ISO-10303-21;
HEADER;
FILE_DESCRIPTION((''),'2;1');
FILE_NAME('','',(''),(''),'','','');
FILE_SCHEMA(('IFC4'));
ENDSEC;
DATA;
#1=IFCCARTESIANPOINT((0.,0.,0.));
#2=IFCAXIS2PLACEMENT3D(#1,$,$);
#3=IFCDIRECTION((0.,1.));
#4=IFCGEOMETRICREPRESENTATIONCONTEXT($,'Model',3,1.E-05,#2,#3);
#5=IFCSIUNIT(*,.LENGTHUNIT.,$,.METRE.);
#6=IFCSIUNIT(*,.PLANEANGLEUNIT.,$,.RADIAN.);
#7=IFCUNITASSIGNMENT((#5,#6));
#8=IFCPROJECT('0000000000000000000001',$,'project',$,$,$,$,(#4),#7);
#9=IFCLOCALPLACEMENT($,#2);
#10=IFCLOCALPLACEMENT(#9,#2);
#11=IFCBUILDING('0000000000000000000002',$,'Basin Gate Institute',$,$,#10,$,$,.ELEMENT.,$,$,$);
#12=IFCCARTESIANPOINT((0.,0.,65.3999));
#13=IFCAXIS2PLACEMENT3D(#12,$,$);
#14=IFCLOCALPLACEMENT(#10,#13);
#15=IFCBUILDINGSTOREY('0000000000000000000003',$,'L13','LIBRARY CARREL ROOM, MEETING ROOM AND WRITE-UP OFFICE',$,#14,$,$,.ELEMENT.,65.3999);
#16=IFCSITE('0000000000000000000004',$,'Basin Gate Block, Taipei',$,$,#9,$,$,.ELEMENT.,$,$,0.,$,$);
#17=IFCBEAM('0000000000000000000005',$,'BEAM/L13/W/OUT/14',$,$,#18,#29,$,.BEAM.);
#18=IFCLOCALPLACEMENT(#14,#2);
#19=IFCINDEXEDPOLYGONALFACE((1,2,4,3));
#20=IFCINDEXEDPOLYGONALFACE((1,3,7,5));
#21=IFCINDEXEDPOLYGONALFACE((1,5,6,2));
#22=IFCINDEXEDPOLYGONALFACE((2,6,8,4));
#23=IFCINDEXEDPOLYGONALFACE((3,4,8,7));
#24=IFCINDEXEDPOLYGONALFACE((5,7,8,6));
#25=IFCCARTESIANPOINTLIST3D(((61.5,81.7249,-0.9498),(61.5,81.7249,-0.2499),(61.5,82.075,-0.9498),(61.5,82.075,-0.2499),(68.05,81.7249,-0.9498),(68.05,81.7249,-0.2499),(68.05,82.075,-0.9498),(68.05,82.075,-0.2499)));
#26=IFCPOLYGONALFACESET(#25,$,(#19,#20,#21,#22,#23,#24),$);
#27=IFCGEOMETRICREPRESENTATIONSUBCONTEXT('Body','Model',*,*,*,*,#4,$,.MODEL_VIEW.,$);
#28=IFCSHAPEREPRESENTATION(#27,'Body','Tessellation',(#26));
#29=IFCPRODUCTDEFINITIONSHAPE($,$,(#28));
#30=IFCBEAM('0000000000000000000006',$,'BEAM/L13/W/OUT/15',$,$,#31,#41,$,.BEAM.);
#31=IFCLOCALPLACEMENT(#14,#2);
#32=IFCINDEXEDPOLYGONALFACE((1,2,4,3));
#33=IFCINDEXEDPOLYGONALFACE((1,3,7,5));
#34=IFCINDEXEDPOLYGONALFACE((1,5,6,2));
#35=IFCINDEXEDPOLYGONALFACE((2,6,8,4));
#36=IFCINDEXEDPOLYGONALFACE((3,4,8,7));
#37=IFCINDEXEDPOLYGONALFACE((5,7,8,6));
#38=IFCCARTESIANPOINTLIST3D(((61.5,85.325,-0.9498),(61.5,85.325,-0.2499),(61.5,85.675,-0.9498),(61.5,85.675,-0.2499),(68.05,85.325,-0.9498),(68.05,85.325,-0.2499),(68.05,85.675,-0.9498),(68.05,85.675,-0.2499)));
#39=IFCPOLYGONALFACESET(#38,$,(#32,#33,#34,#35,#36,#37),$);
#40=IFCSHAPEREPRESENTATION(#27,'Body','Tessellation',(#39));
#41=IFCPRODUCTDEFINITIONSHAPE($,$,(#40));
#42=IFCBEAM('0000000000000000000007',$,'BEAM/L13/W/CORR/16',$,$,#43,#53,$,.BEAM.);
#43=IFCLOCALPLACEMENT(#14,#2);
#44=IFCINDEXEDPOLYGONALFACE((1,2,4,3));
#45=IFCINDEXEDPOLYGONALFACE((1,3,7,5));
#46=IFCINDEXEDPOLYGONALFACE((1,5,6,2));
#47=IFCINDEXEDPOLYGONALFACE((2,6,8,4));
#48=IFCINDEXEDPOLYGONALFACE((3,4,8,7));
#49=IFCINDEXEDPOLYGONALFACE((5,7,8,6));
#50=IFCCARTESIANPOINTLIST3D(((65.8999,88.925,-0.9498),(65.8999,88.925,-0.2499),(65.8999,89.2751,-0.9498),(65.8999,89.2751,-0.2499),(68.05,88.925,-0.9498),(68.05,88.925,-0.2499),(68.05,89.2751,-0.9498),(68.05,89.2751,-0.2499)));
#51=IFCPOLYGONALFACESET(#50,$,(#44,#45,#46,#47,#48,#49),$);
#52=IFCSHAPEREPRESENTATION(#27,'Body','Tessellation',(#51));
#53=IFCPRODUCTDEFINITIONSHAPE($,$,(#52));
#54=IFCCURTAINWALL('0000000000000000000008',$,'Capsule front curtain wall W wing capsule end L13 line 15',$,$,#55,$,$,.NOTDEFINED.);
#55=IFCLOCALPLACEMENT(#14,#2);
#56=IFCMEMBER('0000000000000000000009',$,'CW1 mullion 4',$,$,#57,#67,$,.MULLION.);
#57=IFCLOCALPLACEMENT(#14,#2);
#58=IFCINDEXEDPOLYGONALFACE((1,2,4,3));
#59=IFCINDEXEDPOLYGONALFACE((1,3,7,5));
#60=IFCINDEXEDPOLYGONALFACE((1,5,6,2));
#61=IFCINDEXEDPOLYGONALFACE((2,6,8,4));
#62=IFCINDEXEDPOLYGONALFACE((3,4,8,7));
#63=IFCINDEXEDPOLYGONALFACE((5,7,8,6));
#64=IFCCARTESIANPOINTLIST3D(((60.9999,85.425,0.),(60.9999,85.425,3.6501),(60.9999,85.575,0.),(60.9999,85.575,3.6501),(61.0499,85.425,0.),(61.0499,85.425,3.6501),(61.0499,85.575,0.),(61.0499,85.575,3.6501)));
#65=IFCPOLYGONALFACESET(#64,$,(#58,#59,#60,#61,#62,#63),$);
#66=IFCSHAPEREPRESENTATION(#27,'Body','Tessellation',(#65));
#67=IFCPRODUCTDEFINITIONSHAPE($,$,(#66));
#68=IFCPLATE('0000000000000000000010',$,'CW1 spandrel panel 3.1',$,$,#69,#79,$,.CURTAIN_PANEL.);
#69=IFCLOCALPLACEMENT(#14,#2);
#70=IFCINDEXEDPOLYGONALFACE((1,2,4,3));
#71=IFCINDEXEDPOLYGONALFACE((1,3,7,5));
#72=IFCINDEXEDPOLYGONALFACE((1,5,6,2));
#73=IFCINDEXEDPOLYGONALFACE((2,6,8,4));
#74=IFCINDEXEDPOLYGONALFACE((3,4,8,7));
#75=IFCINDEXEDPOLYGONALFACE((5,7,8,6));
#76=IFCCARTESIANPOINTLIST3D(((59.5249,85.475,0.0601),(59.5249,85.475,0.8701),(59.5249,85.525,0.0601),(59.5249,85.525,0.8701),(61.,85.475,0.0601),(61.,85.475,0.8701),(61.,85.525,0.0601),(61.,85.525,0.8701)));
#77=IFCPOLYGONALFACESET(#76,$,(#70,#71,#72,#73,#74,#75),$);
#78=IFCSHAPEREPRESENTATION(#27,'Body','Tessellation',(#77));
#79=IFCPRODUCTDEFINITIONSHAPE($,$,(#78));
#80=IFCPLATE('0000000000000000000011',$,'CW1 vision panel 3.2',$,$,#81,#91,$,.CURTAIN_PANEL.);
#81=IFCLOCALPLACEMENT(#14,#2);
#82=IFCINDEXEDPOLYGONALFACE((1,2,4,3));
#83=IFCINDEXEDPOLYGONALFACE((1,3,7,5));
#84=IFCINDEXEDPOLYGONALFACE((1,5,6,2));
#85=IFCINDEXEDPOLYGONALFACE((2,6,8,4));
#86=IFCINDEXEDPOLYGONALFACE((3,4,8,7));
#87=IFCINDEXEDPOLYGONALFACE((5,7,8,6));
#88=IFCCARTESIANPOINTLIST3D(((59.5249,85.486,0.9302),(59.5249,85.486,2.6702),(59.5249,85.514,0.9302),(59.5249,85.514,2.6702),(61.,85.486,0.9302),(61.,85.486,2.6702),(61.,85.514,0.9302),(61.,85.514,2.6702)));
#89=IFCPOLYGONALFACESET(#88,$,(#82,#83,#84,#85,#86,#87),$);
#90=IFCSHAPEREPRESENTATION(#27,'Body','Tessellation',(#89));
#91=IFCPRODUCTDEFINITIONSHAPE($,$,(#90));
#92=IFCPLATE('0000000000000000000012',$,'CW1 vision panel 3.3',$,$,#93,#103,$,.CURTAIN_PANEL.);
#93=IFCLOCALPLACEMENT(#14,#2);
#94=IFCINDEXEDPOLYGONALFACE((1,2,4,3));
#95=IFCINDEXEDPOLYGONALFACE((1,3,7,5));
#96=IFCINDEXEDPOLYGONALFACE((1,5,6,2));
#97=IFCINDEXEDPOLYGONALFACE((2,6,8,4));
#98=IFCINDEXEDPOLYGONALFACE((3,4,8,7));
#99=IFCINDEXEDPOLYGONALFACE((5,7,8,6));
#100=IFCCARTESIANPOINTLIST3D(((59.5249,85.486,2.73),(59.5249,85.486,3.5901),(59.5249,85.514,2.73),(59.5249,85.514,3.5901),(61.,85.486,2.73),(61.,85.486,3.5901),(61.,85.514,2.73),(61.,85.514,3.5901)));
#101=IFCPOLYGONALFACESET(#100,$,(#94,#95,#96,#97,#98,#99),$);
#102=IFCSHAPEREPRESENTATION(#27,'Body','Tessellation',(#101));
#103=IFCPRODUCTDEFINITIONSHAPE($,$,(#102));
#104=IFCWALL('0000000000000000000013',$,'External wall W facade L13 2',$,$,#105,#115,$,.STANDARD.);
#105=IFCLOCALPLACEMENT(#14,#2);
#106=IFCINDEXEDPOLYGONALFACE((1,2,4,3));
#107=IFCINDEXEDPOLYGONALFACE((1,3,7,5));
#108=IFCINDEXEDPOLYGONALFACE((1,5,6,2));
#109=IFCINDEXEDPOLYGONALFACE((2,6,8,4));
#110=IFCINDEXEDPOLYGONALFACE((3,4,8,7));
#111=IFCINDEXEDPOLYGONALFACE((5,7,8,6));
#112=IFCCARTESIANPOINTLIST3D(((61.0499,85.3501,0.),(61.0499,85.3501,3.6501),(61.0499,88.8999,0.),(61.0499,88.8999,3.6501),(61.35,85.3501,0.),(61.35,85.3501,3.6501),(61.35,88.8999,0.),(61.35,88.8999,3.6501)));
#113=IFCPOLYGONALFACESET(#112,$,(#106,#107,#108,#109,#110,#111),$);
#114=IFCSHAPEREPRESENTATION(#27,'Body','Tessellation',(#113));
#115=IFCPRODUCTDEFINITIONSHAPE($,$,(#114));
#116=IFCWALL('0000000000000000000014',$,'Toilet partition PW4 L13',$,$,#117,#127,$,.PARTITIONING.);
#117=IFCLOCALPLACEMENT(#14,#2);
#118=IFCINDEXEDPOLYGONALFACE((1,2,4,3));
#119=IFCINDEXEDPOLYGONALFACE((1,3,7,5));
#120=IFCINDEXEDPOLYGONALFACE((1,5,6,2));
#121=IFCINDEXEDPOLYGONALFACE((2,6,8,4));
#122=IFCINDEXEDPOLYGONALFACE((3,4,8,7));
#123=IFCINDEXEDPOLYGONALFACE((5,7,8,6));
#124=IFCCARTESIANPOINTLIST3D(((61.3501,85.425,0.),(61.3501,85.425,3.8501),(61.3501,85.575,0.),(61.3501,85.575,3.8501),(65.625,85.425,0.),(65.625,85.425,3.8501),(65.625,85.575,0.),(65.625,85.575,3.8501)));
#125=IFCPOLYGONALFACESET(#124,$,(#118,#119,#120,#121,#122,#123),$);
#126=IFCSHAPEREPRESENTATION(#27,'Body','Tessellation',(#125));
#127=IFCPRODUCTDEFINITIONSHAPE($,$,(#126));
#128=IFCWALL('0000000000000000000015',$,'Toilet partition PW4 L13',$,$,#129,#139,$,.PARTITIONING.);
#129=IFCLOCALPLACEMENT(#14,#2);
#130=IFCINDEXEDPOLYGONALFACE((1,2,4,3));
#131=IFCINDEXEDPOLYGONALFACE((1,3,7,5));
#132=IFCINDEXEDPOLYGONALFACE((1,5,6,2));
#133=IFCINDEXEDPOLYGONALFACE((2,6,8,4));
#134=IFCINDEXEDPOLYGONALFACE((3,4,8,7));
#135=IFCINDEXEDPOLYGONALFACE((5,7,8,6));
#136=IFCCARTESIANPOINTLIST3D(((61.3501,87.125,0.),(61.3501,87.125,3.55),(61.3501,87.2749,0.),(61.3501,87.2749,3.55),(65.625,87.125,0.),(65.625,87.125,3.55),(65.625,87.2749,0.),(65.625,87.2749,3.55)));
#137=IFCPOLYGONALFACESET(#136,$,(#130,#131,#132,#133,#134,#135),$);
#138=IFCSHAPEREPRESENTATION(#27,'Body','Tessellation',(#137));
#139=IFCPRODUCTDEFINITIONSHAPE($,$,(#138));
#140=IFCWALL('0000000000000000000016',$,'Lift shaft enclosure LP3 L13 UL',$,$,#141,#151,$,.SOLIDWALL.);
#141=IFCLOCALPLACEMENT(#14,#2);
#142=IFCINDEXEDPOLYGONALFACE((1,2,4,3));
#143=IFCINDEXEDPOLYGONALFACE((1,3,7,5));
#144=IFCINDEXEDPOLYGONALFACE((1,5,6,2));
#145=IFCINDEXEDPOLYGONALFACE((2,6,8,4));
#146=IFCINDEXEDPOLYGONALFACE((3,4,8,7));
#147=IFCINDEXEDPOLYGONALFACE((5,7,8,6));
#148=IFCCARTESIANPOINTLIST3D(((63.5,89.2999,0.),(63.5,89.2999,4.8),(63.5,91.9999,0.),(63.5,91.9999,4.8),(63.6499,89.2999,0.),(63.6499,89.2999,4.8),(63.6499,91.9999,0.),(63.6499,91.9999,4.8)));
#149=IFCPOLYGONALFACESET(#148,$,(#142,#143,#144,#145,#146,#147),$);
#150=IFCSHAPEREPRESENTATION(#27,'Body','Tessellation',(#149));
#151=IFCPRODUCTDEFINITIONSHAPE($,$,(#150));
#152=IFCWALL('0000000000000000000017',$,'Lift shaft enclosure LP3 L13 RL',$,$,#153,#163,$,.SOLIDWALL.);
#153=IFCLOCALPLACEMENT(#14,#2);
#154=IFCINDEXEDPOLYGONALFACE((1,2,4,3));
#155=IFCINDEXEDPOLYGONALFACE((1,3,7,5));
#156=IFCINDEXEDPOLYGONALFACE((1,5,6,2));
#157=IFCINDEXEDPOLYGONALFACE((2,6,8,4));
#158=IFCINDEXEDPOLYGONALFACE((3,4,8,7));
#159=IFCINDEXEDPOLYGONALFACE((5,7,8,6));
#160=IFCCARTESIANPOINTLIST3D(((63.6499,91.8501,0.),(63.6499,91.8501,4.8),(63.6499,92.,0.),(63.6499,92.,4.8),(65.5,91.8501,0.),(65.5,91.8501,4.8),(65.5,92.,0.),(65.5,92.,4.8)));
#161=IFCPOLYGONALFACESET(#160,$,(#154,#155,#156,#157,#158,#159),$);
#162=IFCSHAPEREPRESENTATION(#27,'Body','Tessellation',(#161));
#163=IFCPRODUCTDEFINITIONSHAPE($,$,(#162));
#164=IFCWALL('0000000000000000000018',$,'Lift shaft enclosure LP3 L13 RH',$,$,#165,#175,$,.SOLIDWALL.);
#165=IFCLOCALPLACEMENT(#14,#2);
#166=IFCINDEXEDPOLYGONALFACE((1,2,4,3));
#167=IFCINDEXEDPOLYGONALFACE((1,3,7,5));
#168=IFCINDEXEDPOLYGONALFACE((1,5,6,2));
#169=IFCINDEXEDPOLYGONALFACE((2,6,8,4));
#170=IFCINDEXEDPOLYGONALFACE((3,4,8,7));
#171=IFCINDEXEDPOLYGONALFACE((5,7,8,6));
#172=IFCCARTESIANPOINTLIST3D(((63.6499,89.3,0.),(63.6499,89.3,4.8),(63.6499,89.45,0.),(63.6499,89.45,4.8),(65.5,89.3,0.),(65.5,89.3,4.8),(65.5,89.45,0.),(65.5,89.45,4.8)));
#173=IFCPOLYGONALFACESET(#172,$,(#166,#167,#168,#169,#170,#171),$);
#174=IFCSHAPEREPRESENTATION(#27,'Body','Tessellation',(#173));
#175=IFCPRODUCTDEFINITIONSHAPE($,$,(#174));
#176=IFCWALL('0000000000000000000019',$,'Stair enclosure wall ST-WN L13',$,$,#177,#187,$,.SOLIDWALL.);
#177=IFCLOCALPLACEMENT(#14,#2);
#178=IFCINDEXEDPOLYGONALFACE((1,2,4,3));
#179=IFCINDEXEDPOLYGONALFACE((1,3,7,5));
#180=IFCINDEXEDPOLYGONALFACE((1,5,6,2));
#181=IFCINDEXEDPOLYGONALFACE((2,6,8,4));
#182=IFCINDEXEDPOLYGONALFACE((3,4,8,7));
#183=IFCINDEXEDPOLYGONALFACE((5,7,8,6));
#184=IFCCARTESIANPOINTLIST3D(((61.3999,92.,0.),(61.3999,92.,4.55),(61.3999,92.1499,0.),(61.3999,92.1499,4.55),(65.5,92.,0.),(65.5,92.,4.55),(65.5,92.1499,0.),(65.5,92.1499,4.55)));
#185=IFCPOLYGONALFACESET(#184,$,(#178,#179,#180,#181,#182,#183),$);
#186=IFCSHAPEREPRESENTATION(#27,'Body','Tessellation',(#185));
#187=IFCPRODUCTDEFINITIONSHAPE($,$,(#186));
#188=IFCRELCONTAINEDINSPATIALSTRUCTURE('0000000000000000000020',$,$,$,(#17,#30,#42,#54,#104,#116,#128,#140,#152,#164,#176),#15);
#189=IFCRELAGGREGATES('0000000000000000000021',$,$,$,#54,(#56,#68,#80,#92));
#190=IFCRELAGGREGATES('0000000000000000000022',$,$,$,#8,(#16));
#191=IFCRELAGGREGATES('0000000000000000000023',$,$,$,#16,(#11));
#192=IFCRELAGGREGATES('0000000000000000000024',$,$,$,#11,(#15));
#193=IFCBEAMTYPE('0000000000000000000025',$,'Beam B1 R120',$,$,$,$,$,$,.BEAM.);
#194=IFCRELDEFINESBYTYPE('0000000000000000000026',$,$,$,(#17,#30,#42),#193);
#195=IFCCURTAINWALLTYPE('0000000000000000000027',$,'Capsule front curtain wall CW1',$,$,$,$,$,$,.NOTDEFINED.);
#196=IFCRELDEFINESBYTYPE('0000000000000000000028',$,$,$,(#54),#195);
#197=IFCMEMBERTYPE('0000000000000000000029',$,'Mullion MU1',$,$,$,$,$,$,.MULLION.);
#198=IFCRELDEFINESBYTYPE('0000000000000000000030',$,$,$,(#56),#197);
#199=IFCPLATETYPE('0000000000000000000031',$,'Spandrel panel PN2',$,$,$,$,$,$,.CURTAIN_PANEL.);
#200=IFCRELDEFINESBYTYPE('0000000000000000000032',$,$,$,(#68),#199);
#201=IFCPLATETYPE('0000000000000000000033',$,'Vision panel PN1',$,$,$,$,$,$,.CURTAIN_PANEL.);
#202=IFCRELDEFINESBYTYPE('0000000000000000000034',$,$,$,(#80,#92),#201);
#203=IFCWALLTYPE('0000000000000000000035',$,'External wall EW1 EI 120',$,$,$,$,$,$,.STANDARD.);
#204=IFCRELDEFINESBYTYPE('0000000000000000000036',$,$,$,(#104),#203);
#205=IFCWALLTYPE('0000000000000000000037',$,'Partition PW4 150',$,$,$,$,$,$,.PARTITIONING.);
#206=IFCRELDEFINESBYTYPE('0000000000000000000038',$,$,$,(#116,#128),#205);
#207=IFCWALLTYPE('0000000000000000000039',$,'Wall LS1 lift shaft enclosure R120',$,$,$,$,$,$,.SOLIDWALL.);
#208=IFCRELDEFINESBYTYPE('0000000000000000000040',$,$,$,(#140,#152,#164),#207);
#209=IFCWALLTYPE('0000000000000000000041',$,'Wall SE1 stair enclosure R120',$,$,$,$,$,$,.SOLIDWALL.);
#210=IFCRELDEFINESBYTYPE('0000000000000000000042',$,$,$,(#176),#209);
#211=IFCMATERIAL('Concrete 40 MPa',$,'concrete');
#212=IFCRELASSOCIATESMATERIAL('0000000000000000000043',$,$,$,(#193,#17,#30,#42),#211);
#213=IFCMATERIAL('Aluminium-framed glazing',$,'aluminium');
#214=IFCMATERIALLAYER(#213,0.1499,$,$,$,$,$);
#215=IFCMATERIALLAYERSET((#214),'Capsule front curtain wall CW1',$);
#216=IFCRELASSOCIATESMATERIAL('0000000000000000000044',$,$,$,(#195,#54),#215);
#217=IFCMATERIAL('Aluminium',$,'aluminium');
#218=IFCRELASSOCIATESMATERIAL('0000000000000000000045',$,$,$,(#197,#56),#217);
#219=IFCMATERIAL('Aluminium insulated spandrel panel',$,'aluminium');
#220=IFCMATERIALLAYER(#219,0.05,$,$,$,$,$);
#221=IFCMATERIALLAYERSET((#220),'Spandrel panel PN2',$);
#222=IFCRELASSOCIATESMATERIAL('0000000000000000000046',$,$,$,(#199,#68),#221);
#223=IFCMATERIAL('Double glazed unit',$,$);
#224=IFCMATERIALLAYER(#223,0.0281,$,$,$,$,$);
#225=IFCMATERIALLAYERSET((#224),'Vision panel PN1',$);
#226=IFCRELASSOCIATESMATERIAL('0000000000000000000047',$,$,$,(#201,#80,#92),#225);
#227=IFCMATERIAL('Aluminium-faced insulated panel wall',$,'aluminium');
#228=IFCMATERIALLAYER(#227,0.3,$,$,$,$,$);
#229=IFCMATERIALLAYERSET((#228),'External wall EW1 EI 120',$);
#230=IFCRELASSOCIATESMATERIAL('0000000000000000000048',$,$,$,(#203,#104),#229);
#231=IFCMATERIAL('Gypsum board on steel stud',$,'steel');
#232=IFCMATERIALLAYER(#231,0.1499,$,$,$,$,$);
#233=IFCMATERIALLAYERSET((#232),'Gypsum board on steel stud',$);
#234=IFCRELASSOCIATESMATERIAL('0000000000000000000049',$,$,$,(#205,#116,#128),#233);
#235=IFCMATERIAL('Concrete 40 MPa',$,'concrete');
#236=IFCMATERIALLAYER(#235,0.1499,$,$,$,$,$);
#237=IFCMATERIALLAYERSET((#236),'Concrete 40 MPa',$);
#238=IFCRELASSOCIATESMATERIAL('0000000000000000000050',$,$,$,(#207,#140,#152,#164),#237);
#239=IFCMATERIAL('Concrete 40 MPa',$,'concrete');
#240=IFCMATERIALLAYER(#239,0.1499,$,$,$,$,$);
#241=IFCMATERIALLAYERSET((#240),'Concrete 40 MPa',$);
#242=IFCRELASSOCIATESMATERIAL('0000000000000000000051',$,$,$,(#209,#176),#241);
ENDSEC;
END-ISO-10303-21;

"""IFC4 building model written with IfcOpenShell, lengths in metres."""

from ifc_helpers import new_model, si_unit, direction, frame, frame_2d, origin, origin_2d, place, context, subcontext, project, spatial, rectangle, extrude, material, layer, layer_set, material_profile, profile_set, type_object, element, aggregate, save


model = new_model("IFC4")

# Units and contexts
model_context = context("Model", 3, precision=1e-05, world=origin(), true_north=direction((0.0, 1.0)))
body_context = subcontext(model_context, "Body", "Model", "MODEL_VIEW")
ifc_project = project(units=[si_unit("LENGTHUNIT", "METRE"), si_unit("PLANEANGLEUNIT", "RADIAN")], contexts=[model_context])

# Site, building, storey
site_placement = place(None, origin())
site = spatial("IfcSite", under=ifc_project, at=site_placement, Name="Basin Gate Block, Taipei", CompositionType="ELEMENT", RefElevation=0.0)
building_placement = place(site_placement, origin())
building = spatial("IfcBuilding", under=site, at=building_placement, Name="Basin Gate Institute", CompositionType="ELEMENT")
storey_placement = place(building_placement, frame((0.0, 0.0, 65.3999)))
storey = spatial("IfcBuildingStorey", under=building, at=storey_placement, Name="L13", Description="LIBRARY CARREL ROOM, MEETING ROOM AND WRITE-UP OFFICE", CompositionType="ELEMENT", Elevation=65.3999)

# Beams
ifc_material_1 = material(Name="Concrete 40 MPa", Category="concrete")
ifc_material_profile_1 = material_profile(ifc_material_1, rectangle(XDim=0.3501, YDim=0.7, at=origin_2d()), Name="Beam B1 350 x 700")
ifc_profile_set_1 = profile_set([ifc_material_profile_1], Name="Concrete 40 MPa")
beam_type = type_object("IfcBeamType", Name="Beam B1 R120", PredefinedType="BEAM", material=ifc_profile_set_1)
for number, where, z_axis, x_axis, name in (
    (1, (61.5, 81.8999, -0.5999), (1.0, 0.0, 0.0), (0.0, 1.0, 0.0), "BEAM/L13/W/OUT/14"),
    (2, (61.5, 85.5, -0.5999), (1.0, 0.0, 0.0), (0.0, 1.0, 0.0), "BEAM/L13/W/OUT/15"),
):
    element("IfcBeam", number, at=place(storey_placement, frame(where, z_axis=z_axis, x_axis=x_axis)), inside=storey, type_object=beam_type, material=ifc_profile_set_1, Name=name, PredefinedType="BEAM", context=body_context, shape_type="SweptSolid", body=[
        extrude(rectangle(XDim=0.3501, YDim=0.7, at=origin_2d()), origin(), (0.0, 0.0, 1.0), 6.55),
    ])
beam_placement = place(storey_placement, frame((65.8999, 89.1001, -0.5999), z_axis=(1.0, 0.0, 0.0), x_axis=(0.0, 1.0, 0.0)))
element("IfcBeam", 3, at=beam_placement, inside=storey, type_object=beam_type, material=ifc_profile_set_1, Name="BEAM/L13/W/CORR/16", PredefinedType="BEAM", context=body_context, shape_type="SweptSolid", body=[
    extrude(rectangle(XDim=0.3501, YDim=0.7, at=origin_2d()), origin(), (0.0, 0.0, 1.0), 2.1501),
])

# Curtain wall, member, plates
ifc_material_2 = material(Name="Aluminium-framed glazing", Category="aluminium")
ifc_layer_1 = layer(ifc_material_2, 0.1499)
ifc_layer_set_1 = layer_set([ifc_layer_1], Name="Capsule front curtain wall CW1")
curtain_wall_type = type_object("IfcCurtainWallType", Name="Capsule front curtain wall CW1", PredefinedType="NOTDEFINED", material=ifc_layer_set_1)
curtain_wall_placement = place(storey_placement, origin())
curtain_wall = element("IfcCurtainWall", 4, at=curtain_wall_placement, inside=storey, type_object=curtain_wall_type, material=ifc_layer_set_1, Name="Capsule front curtain wall W wing capsule end L13 line 15", PredefinedType="NOTDEFINED")
ifc_material_3 = material(Name="Aluminium", Category="aluminium")
ifc_material_profile_2 = material_profile(ifc_material_3, rectangle(XDim=0.1499, YDim=0.05, at=origin_2d()), Name="Mullion MU1 150 x 50")
ifc_profile_set_2 = profile_set([ifc_material_profile_2], Name="Aluminium")
member_type = type_object("IfcMemberType", Name="Mullion MU1", PredefinedType="MULLION", material=ifc_profile_set_2)
member_placement = place(storey_placement, frame((61.0249, 85.5, 0.0), z_axis=(0.0, 0.0, 1.0), x_axis=(0.0, 1.0, 0.0)))
member = element("IfcMember", 5, at=member_placement, type_object=member_type, material=ifc_profile_set_2, Name="CW1 mullion 4", PredefinedType="MULLION", context=body_context, shape_type="SweptSolid", body=[
    extrude(rectangle(XDim=0.1499, YDim=0.05, at=origin_2d()), origin(), (0.0, 0.0, 1.0), 3.6501),
])
ifc_material_4 = material(Name="Aluminium insulated spandrel panel", Category="aluminium")
ifc_layer_2 = layer(ifc_material_4, 0.05)
ifc_layer_set_2 = layer_set([ifc_layer_2], Name="Spandrel panel PN2")
plate_type_1 = type_object("IfcPlateType", Name="Spandrel panel PN2", PredefinedType="CURTAIN_PANEL", material=ifc_layer_set_2)
plate_1_placement = place(storey_placement, frame((60.2625, 85.5, 0.0601), z_axis=(0.0, 0.0, 1.0), x_axis=(1.0, 0.0, 0.0)))
plate_1 = element("IfcPlate", 6, at=plate_1_placement, type_object=plate_type_1, material=ifc_layer_set_2, Name="CW1 spandrel panel 3.1", PredefinedType="CURTAIN_PANEL", context=body_context, shape_type="SweptSolid", body=[
    extrude(rectangle(XDim=1.4751, YDim=0.05, at=origin_2d()), origin(), (0.0, 0.0, 1.0), 0.8101),
])
ifc_material_5 = material(Name="Double glazed unit")
ifc_layer_3 = layer(ifc_material_5, 0.0281)
ifc_layer_set_3 = layer_set([ifc_layer_3], Name="Vision panel PN1")
plate_type_2 = type_object("IfcPlateType", Name="Vision panel PN1", PredefinedType="CURTAIN_PANEL", material=ifc_layer_set_3)
plate_2_placement = place(storey_placement, frame((60.2625, 85.5, 0.9302), z_axis=(0.0, 0.0, 1.0), x_axis=(1.0, 0.0, 0.0)))
plate_2 = element("IfcPlate", 7, at=plate_2_placement, type_object=plate_type_2, material=ifc_layer_set_3, Name="CW1 vision panel 3.2", PredefinedType="CURTAIN_PANEL", context=body_context, shape_type="SweptSolid", body=[
    extrude(rectangle(XDim=1.4751, YDim=0.0281, at=origin_2d()), origin(), (0.0, 0.0, 1.0), 1.74),
])
plate_3_placement = place(storey_placement, frame((60.2625, 85.5, 2.73), z_axis=(0.0, 0.0, 1.0), x_axis=(1.0, 0.0, 0.0)))
plate_3 = element("IfcPlate", 8, at=plate_3_placement, type_object=plate_type_2, material=ifc_layer_set_3, Name="CW1 vision panel 3.3", PredefinedType="CURTAIN_PANEL", context=body_context, shape_type="SweptSolid", body=[
    extrude(rectangle(XDim=1.4751, YDim=0.0281, at=origin_2d()), origin(), (0.0, 0.0, 1.0), 0.8601),
])
aggregate(curtain_wall, [member, plate_1, plate_2, plate_3])

# Walls
ifc_material_6 = material(Name="Aluminium-faced insulated panel wall", Category="aluminium")
ifc_layer_4 = layer(ifc_material_6, 0.3)
ifc_layer_set_4 = layer_set([ifc_layer_4], Name="External wall EW1 EI 120")
wall_type_1 = type_object("IfcWallType", Name="External wall EW1 EI 120", PredefinedType="STANDARD", material=ifc_layer_set_4)
wall_1_placement = place(storey_placement, frame((61.2, 85.3501, 0.0), z_axis=(0.0, 0.0, 1.0), x_axis=(0.0, 1.0, 0.0)))
element("IfcWall", 9, at=wall_1_placement, inside=storey, type_object=wall_type_1, material=ifc_layer_set_4, Name="External wall W facade L13 2", PredefinedType="STANDARD", context=body_context, shape_type="SweptSolid", body=[
    extrude(rectangle(XDim=3.5498, YDim=0.3, at=frame_2d((1.7749, 0.0))), origin(), (0.0, 0.0, 1.0), 3.6501),
])
ifc_material_7 = material(Name="Gypsum board on steel stud", Category="steel")
ifc_layer_5 = layer(ifc_material_7, 0.1499)
ifc_layer_set_5 = layer_set([ifc_layer_5], Name="Gypsum board on steel stud")
wall_type_2 = type_object("IfcWallType", Name="Partition PW4 150", PredefinedType="PARTITIONING", material=ifc_layer_set_5)
wall_2_placement = place(storey_placement, frame((61.3501, 85.5, 0.0), z_axis=(0.0, 0.0, 1.0), x_axis=(1.0, 0.0, 0.0)))
element("IfcWall", 10, at=wall_2_placement, inside=storey, type_object=wall_type_2, material=ifc_layer_set_5, Name="Toilet partition PW4 L13", PredefinedType="PARTITIONING", context=body_context, shape_type="SweptSolid", body=[
    extrude(rectangle(XDim=4.2749, YDim=0.1499, at=frame_2d((2.1375, 0.0))), origin(), (0.0, 0.0, 1.0), 3.8501),
])
wall_3_placement = place(storey_placement, frame((61.3501, 87.2, 0.0), z_axis=(0.0, 0.0, 1.0), x_axis=(1.0, 0.0, 0.0)))
element("IfcWall", 11, at=wall_3_placement, inside=storey, type_object=wall_type_2, material=ifc_layer_set_5, Name="Toilet partition PW4 L13", PredefinedType="PARTITIONING", context=body_context, shape_type="SweptSolid", body=[
    extrude(rectangle(XDim=4.2749, YDim=0.1499, at=frame_2d((2.1375, 0.0))), origin(), (0.0, 0.0, 1.0), 3.55),
])
ifc_material_8 = material(Name="Concrete 40 MPa", Category="concrete")
ifc_layer_6 = layer(ifc_material_8, 0.1499)
ifc_layer_set_6 = layer_set([ifc_layer_6], Name="Concrete 40 MPa")
wall_type_3 = type_object("IfcWallType", Name="Wall LS1 lift shaft enclosure R120", PredefinedType="SOLIDWALL", material=ifc_layer_set_6)
wall_4_placement = place(storey_placement, frame((63.575, 92.0, 0.0), z_axis=(0.0, 0.0, 1.0), x_axis=(0.0, -1.0, 0.0)))
element("IfcWall", 12, at=wall_4_placement, inside=storey, type_object=wall_type_3, material=ifc_layer_set_6, Name="Lift shaft enclosure LP3 L13 UL", PredefinedType="SOLIDWALL", context=body_context, shape_type="SweptSolid", body=[
    extrude(rectangle(XDim=2.7, YDim=0.1499, at=frame_2d((1.3501, 0.0))), origin(), (0.0, 0.0, 1.0), 4.8),
])
for number, where, z_axis, x_axis, name in (
    (13, (63.6499, 91.925, 0.0), (0.0, 0.0, 1.0), (1.0, 0.0, 0.0), "Lift shaft enclosure LP3 L13 RL"),
    (14, (63.6499, 89.375, 0.0), (0.0, 0.0, 1.0), (1.0, 0.0, 0.0), "Lift shaft enclosure LP3 L13 RH"),
):
    element("IfcWall", number, at=place(storey_placement, frame(where, z_axis=z_axis, x_axis=x_axis)), inside=storey, type_object=wall_type_3, material=ifc_layer_set_6, Name=name, PredefinedType="SOLIDWALL", context=body_context, shape_type="SweptSolid", body=[
        extrude(rectangle(XDim=1.8501, YDim=0.1499, at=frame_2d((0.925, 0.0))), origin(), (0.0, 0.0, 1.0), 4.8),
    ])
ifc_material_9 = material(Name="Concrete 40 MPa", Category="concrete")
ifc_layer_7 = layer(ifc_material_9, 0.1499)
ifc_layer_set_7 = layer_set([ifc_layer_7], Name="Concrete 40 MPa")
wall_type_4 = type_object("IfcWallType", Name="Wall SE1 stair enclosure R120", PredefinedType="SOLIDWALL", material=ifc_layer_set_7)
wall_5_placement = place(storey_placement, frame((61.3999, 92.075, 0.0), z_axis=(0.0, 0.0, 1.0), x_axis=(1.0, 0.0, 0.0)))
element("IfcWall", 15, at=wall_5_placement, inside=storey, type_object=wall_type_4, material=ifc_layer_set_7, Name="Stair enclosure wall ST-WN L13", PredefinedType="SOLIDWALL", context=body_context, shape_type="SweptSolid", body=[
    extrude(rectangle(XDim=4.1001, YDim=0.1499, at=frame_2d((2.05, 0.0))), origin(), (0.0, 0.0, 1.0), 4.55),
])

save(model, "model.ifc")
